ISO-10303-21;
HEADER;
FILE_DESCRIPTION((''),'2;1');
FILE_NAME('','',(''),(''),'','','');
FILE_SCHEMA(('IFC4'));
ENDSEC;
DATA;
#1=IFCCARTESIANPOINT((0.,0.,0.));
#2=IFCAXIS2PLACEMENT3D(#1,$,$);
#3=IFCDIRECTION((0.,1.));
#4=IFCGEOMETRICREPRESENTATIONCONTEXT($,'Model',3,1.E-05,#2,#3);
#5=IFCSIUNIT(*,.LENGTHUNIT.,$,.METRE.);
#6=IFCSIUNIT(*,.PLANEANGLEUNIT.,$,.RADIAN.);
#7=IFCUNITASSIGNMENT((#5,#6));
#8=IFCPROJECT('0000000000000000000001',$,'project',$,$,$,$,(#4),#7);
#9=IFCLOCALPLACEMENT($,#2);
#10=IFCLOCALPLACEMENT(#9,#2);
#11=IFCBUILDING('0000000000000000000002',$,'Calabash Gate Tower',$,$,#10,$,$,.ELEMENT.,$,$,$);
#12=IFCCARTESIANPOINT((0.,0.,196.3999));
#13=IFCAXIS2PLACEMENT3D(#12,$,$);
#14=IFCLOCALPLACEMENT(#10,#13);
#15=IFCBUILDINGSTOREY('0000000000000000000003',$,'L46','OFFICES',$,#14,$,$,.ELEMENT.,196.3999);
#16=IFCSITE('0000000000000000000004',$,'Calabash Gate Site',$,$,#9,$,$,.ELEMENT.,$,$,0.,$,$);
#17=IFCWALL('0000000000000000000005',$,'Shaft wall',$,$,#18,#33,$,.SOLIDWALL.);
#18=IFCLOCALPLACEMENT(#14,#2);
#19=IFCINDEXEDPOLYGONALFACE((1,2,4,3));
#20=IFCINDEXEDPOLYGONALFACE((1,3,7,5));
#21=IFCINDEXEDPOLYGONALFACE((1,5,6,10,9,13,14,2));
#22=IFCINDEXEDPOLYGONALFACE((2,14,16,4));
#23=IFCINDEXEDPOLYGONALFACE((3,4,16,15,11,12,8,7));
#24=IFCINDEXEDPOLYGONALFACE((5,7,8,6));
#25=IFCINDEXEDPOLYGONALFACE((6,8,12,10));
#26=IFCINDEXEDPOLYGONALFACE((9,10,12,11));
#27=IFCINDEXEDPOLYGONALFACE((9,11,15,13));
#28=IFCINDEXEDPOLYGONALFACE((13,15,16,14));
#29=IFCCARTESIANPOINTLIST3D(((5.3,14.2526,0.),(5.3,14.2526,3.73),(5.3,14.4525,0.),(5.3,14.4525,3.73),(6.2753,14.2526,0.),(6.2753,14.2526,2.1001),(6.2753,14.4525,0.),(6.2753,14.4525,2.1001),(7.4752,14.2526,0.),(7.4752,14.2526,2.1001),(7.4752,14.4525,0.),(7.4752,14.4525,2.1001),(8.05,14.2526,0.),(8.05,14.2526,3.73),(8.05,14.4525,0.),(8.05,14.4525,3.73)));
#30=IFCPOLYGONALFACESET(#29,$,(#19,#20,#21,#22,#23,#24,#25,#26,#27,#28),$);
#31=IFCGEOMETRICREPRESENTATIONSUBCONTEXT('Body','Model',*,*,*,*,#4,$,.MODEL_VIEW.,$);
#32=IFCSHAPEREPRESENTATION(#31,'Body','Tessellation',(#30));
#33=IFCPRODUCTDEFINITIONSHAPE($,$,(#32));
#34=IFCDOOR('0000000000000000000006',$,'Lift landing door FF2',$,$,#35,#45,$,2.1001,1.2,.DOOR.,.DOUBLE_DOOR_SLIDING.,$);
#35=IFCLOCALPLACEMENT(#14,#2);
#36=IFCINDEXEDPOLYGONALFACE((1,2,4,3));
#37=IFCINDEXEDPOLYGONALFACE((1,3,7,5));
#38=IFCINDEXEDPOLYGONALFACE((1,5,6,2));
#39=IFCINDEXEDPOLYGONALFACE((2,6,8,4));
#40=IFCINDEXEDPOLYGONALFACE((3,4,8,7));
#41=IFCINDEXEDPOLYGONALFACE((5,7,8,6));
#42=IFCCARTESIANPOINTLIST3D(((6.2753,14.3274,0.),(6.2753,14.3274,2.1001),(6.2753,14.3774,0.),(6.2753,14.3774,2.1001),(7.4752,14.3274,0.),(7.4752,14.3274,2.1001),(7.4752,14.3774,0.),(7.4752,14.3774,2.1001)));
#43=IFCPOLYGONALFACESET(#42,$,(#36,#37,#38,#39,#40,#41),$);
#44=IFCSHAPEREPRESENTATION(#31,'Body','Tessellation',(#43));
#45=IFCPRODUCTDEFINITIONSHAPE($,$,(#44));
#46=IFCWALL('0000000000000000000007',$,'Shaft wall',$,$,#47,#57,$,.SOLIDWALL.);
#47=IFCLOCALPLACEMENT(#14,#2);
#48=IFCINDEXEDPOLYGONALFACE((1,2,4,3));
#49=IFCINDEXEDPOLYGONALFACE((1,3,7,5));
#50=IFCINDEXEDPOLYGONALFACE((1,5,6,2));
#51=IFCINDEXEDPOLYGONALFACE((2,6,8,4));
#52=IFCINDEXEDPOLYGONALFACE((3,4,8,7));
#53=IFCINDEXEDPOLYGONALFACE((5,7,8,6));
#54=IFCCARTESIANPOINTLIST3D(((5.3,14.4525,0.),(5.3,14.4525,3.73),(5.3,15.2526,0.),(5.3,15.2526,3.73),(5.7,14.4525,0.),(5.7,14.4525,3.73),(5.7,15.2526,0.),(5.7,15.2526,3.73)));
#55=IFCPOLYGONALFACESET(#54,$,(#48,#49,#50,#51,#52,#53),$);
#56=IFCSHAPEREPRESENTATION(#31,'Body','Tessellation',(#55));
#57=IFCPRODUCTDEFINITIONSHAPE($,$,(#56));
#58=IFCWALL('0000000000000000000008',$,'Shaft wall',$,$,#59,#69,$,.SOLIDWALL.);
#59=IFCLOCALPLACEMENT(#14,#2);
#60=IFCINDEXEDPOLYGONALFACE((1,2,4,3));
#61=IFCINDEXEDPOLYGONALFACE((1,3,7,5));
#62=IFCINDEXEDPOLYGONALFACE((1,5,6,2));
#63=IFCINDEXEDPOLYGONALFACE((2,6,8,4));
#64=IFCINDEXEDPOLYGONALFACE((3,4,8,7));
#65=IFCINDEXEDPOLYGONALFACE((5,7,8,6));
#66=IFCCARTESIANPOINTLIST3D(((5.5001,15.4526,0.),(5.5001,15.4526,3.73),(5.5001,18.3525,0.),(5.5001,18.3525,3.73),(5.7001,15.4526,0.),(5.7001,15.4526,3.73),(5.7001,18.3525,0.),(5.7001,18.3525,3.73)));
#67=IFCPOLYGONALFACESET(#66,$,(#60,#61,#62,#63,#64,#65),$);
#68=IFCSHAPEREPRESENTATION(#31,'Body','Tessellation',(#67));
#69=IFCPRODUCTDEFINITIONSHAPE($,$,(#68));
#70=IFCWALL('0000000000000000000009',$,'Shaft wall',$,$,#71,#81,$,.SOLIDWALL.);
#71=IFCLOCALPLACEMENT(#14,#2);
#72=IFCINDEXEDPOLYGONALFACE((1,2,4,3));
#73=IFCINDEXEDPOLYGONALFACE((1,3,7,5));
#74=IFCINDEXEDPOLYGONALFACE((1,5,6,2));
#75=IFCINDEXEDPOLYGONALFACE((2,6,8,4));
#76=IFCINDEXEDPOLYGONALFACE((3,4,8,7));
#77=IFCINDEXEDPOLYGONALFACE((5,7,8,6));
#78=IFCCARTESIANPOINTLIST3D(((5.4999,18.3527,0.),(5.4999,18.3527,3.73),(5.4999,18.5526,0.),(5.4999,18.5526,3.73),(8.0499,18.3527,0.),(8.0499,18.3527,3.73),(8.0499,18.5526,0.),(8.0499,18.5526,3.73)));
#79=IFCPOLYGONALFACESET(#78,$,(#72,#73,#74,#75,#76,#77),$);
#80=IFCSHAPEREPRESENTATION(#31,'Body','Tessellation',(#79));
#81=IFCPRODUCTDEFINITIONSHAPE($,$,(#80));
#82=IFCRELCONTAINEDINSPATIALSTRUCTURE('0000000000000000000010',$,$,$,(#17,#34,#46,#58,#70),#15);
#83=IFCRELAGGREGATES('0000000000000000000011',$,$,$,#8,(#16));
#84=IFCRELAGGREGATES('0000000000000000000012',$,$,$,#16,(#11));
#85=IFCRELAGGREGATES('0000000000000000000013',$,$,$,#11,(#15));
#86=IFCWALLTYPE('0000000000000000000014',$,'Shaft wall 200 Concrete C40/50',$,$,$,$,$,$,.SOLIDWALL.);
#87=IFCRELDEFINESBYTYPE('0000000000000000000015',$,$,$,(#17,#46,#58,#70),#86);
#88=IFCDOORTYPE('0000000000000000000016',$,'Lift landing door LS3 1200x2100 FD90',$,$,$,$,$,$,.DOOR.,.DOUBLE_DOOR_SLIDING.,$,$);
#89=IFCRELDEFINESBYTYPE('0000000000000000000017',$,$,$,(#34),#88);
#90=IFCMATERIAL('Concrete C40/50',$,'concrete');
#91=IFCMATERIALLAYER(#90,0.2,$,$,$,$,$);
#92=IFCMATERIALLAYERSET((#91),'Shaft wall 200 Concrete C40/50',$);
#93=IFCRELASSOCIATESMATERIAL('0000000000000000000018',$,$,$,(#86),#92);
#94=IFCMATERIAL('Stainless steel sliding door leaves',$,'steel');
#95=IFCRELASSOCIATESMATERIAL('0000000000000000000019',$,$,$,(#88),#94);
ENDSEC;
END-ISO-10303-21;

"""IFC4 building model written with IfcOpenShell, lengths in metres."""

from ifc_helpers import new_model, si_unit, direction, frame, frame_2d, origin, place, context, subcontext, project, spatial, rectangle, extrude, material, layer, layer_set, type_object, element, fill, save


model = new_model("IFC4")

# Units and contexts
model_context = context("Model", 3, precision=1e-05, world=origin(), true_north=direction((0.0, 1.0)))
body_context = subcontext(model_context, "Body", "Model", "MODEL_VIEW")
ifc_project = project(units=[si_unit("LENGTHUNIT", "METRE"), si_unit("PLANEANGLEUNIT", "RADIAN")], contexts=[model_context])

# Site, building, storey
site_placement = place(None, origin())
site = spatial("IfcSite", under=ifc_project, at=site_placement, Name="Calabash Gate Site", CompositionType="ELEMENT", RefElevation=0.0)
building_placement = place(site_placement, origin())
building = spatial("IfcBuilding", under=site, at=building_placement, Name="Calabash Gate Tower", CompositionType="ELEMENT")
storey_placement = place(building_placement, frame((0.0, 0.0, 196.3999)))
storey = spatial("IfcBuildingStorey", under=building, at=storey_placement, Name="L46", Description="OFFICES", CompositionType="ELEMENT", Elevation=196.3999)

# Shared definitions
ifc_material_1 = material(Name="Concrete C40/50", Category="concrete")
ifc_layer_1 = layer(ifc_material_1, 0.2)
ifc_layer_set_1 = layer_set([ifc_layer_1], Name="Shaft wall 200 Concrete C40/50")
wall_type_1 = type_object("IfcWallType", Name="Shaft wall 200 Concrete C40/50", PredefinedType="SOLIDWALL", material=ifc_layer_set_1)

# Wall, opening, door
wall_1_placement = place(storey_placement, frame((5.3, 14.3525, 0.0), z_axis=(0.0, 0.0, 1.0), x_axis=(1.0, 0.0, 0.0)))
wall_1 = element("IfcWall", 1, at=wall_1_placement, inside=storey, type_object=wall_type_1, Name="Shaft wall", PredefinedType="SOLIDWALL", context=body_context, shape_type="SweptSolid", body=[
    extrude(rectangle(XDim=2.75, YDim=0.2, at=frame_2d((1.375, 0.0))), origin(), (0.0, 0.0, 1.0), 3.73),
])
opening_1_placement = place(wall_1_placement, frame((0.9751, 0.0, 0.0)))
opening_1 = element("IfcOpeningElement", 2, at=opening_1_placement, cuts=wall_1, PredefinedType="OPENING", context=body_context, shape_type="SweptSolid", body=[
    extrude(rectangle(XDim=1.2, YDim=2.1001, at=frame_2d((0.6001, 1.05))), frame((0.0, 0.1099, 0.0), z_axis=(0.0, -1.0, 0.0), x_axis=(1.0, 0.0, 0.0)), (0.0, 0.0, 1.0), 0.22),
])
ifc_material_2 = material(Name="Stainless steel sliding door leaves", Category="steel")
door_type_1 = type_object("IfcDoorType", Name="Lift landing door LS3 1200x2100 FD90", OperationType="DOUBLE_DOOR_SLIDING", PredefinedType="DOOR", material=ifc_material_2)
door_1_placement = place(opening_1_placement, origin())
door_1 = element("IfcDoor", 3, at=door_1_placement, inside=storey, type_object=door_type_1, Name="Lift landing door FF2", OperationType="DOUBLE_DOOR_SLIDING", OverallHeight=2.1001, OverallWidth=1.2, PredefinedType="DOOR", context=body_context, shape_type="SweptSolid", body=[
    extrude(rectangle(XDim=1.2, YDim=2.1001, at=frame_2d((0.6001, 1.05))), frame((0.0, 0.0249, 0.0), z_axis=(0.0, -1.0, 0.0), x_axis=(1.0, 0.0, 0.0)), (0.0, 0.0, 1.0), 0.05),
])
fill(opening_1, door_1)

# Walls
wall_2_placement = place(storey_placement, frame((5.5, 14.4526, 0.0), z_axis=(0.0, 0.0, 1.0), x_axis=(0.0, 1.0, 0.0)))
element("IfcWall", 4, at=wall_2_placement, inside=storey, type_object=wall_type_1, Name="Shaft wall", PredefinedType="SOLIDWALL", context=body_context, shape_type="SweptSolid", body=[
    extrude(rectangle(XDim=0.8, YDim=0.3999, at=frame_2d((0.3999, 0.0))), origin(), (0.0, 0.0, 1.0), 3.73),
])
wall_3_placement = place(storey_placement, frame((5.6001, 15.4526, 0.0), z_axis=(0.0, 0.0, 1.0), x_axis=(0.0, 1.0, 0.0)))
element("IfcWall", 5, at=wall_3_placement, inside=storey, type_object=wall_type_1, Name="Shaft wall", PredefinedType="SOLIDWALL", context=body_context, shape_type="SweptSolid", body=[
    extrude(rectangle(XDim=2.8999, YDim=0.2, at=frame_2d((1.45, 0.0))), origin(), (0.0, 0.0, 1.0), 3.73),
])
wall_4_placement = place(storey_placement, frame((5.5, 18.4526, 0.0), z_axis=(0.0, 0.0, 1.0), x_axis=(1.0, 0.0, 0.0)))
element("IfcWall", 6, at=wall_4_placement, inside=storey, type_object=wall_type_1, Name="Shaft wall", PredefinedType="SOLIDWALL", context=body_context, shape_type="SweptSolid", body=[
    extrude(rectangle(XDim=2.55, YDim=0.2, at=frame_2d((1.2749, 0.0))), origin(), (0.0, 0.0, 1.0), 3.73),
])

save(model, "model.ifc")
